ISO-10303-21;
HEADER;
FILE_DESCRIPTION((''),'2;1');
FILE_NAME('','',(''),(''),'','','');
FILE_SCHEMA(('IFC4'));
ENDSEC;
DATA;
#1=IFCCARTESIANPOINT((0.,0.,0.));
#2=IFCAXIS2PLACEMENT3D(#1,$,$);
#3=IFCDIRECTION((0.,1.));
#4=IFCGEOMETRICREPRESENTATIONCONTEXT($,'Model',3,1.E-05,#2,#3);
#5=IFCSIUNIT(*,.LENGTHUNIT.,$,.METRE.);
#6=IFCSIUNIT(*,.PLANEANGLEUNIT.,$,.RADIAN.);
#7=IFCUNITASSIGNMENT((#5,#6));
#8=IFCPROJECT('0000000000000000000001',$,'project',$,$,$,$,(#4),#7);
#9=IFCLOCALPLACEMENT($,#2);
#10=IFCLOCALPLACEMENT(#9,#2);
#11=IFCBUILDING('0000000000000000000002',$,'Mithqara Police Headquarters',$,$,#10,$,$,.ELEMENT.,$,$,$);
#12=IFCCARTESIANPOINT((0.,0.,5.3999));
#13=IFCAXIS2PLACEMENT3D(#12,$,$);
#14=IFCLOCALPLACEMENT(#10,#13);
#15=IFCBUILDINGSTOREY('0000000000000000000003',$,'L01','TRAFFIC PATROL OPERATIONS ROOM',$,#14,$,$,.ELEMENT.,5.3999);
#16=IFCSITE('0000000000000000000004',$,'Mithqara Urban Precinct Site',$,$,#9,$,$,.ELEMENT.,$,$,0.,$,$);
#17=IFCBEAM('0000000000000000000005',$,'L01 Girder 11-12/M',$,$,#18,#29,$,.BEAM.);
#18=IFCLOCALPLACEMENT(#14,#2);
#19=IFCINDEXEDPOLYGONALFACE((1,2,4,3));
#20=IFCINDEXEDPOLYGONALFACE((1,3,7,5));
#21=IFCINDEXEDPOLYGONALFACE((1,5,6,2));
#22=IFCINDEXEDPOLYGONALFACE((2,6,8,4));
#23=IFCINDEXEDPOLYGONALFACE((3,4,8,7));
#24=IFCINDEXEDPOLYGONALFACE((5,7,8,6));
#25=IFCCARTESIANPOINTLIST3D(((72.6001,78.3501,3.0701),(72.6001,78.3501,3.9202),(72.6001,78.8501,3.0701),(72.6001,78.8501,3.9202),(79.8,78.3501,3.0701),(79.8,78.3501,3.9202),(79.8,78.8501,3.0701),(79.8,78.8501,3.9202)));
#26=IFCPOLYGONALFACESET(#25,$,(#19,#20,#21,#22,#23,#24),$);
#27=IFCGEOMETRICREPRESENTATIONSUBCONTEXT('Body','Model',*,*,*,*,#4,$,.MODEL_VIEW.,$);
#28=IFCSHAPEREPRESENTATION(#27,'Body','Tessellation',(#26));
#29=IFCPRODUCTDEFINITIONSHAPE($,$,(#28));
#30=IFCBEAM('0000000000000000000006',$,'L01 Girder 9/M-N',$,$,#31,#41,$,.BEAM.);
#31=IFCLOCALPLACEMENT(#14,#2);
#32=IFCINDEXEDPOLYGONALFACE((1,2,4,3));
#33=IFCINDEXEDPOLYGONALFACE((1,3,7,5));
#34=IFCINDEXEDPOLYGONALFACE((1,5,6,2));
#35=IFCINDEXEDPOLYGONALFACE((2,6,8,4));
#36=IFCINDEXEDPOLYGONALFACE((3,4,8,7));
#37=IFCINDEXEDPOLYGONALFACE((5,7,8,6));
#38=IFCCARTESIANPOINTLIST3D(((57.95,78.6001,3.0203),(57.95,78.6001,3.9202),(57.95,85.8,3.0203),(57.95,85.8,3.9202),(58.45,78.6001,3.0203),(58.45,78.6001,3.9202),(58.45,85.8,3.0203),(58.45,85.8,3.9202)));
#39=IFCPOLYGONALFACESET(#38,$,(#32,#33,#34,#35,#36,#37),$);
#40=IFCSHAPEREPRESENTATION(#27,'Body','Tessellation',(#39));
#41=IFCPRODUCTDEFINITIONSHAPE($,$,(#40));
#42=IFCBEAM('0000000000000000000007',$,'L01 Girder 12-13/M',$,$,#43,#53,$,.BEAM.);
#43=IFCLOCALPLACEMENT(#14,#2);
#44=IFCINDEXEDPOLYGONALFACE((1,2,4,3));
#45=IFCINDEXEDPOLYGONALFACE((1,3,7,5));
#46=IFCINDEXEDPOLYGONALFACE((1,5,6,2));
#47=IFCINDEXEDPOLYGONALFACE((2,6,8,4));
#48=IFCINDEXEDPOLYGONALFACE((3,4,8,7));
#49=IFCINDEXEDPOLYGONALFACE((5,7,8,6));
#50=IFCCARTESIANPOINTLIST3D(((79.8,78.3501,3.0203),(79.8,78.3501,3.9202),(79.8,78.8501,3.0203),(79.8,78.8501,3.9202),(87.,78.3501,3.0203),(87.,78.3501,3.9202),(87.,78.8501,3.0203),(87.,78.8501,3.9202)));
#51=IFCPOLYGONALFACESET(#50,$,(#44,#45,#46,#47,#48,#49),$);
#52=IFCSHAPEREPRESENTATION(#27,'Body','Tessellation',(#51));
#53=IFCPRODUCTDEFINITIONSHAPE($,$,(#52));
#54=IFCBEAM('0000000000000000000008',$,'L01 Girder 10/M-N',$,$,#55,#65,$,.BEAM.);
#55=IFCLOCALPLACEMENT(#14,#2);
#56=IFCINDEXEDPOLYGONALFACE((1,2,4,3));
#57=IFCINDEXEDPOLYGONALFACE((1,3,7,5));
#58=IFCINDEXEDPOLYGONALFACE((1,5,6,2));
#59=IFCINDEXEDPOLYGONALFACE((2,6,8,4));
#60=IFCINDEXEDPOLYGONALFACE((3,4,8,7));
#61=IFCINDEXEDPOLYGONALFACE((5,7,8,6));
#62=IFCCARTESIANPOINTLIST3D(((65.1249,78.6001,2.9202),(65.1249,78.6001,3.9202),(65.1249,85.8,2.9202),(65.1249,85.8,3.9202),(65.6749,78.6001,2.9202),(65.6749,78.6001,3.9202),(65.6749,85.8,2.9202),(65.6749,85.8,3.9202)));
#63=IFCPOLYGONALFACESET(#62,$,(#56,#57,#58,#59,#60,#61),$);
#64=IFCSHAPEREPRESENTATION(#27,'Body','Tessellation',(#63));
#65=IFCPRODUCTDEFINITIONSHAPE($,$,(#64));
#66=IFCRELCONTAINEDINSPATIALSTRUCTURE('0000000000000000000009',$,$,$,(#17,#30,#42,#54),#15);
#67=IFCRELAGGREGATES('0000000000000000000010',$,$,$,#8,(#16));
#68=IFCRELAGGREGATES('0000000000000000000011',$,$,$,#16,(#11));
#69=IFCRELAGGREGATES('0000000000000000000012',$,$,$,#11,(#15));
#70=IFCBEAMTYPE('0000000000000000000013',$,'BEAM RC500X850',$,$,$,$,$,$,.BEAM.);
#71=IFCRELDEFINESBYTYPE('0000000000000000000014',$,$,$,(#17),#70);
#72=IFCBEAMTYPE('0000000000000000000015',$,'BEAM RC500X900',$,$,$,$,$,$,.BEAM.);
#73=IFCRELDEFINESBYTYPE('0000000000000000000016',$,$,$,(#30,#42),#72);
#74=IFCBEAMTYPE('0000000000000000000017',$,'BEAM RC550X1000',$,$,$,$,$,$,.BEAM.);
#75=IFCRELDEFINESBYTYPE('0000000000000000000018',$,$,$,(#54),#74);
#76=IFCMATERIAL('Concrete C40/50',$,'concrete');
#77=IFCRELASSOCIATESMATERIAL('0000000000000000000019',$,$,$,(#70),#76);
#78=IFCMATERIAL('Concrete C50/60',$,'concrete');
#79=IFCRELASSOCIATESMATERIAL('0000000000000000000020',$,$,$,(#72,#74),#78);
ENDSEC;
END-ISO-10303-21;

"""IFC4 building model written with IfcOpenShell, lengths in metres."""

from ifc_helpers import new_model, si_unit, direction, frame, origin, origin_2d, place, context, subcontext, project, spatial, rectangle, extrude, material, material_profile, profile_set, type_object, element, save


model = new_model("IFC4")

# Units and contexts
model_context = context("Model", 3, precision=1e-05, world=origin(), true_north=direction((0.0, 1.0)))
body_context = subcontext(model_context, "Body", "Model", "MODEL_VIEW")
ifc_project = project(units=[si_unit("LENGTHUNIT", "METRE"), si_unit("PLANEANGLEUNIT", "RADIAN")], contexts=[model_context])

# Site, building, storey
site_placement = place(None, origin())
site = spatial("IfcSite", under=ifc_project, at=site_placement, Name="Mithqara Urban Precinct Site", CompositionType="ELEMENT", RefElevation=0.0)
building_placement = place(site_placement, origin())
building = spatial("IfcBuilding", under=site, at=building_placement, Name="Mithqara Police Headquarters", CompositionType="ELEMENT")
storey_placement = place(building_placement, frame((0.0, 0.0, 5.3999)))
storey = spatial("IfcBuildingStorey", under=building, at=storey_placement, Name="L01", Description="TRAFFIC PATROL OPERATIONS ROOM", CompositionType="ELEMENT", Elevation=5.3999)

# Shared definitions
ifc_material_1 = material(Name="Concrete C50/60", Category="concrete")

# Beams
ifc_material_2 = material(Name="Concrete C40/50", Category="concrete")
ifc_material_profile_1 = material_profile(ifc_material_2, rectangle(XDim=0.5, YDim=0.8501, at=origin_2d()), Name="RC 500x850")
ifc_profile_set_1 = profile_set([ifc_material_profile_1], Name="Concrete C40/50")
beam_type_1 = type_object("IfcBeamType", Name="BEAM RC500X850", PredefinedType="BEAM", material=ifc_profile_set_1)
for number, where, z_axis, x_axis, name in (
    (1, (72.6001, 78.6001, 3.4951), (1.0, 0.0, 0.0), (0.0, 1.0, 0.0), "L01 Girder 11-12/M"),
):
    element("IfcBeam", number, at=place(storey_placement, frame(where, z_axis=z_axis, x_axis=x_axis)), inside=storey, type_object=beam_type_1, Name=name, PredefinedType="BEAM", context=body_context, shape_type="SweptSolid", body=[
        extrude(rectangle(XDim=0.5, YDim=0.8501, at=origin_2d()), origin(), (0.0, 0.0, 1.0), 7.2),
    ])
ifc_material_profile_2 = material_profile(ifc_material_1, rectangle(XDim=0.5, YDim=0.8999, at=origin_2d()), Name="RC 500x900")
ifc_profile_set_2 = profile_set([ifc_material_profile_2], Name="Concrete C50/60")
beam_type_2 = type_object("IfcBeamType", Name="BEAM RC500X900", PredefinedType="BEAM", material=ifc_profile_set_2)
for number, where, z_axis, x_axis, name in (
    (2, (58.2, 78.6001, 3.4702), (0.0, 1.0, 0.0), (-1.0, 0.0, 0.0), "L01 Girder 9/M-N"),
    (3, (79.8, 78.6001, 3.4702), (1.0, 0.0, 0.0), (0.0, 1.0, 0.0), "L01 Girder 12-13/M"),
):
    element("IfcBeam", number, at=place(storey_placement, frame(where, z_axis=z_axis, x_axis=x_axis)), inside=storey, type_object=beam_type_2, Name=name, PredefinedType="BEAM", context=body_context, shape_type="SweptSolid", body=[
        extrude(rectangle(XDim=0.5, YDim=0.8999, at=origin_2d()), origin(), (0.0, 0.0, 1.0), 7.2),
    ])
ifc_material_profile_3 = material_profile(ifc_material_1, rectangle(XDim=0.55, YDim=1.0, at=origin_2d()), Name="RC 550x1000")
ifc_profile_set_3 = profile_set([ifc_material_profile_3], Name="Concrete C50/60")
beam_type_3 = type_object("IfcBeamType", Name="BEAM RC550X1000", PredefinedType="BEAM", material=ifc_profile_set_3)
beam_1_placement = place(storey_placement, frame((65.3999, 78.6001, 3.4202), z_axis=(0.0, 1.0, 0.0), x_axis=(-1.0, 0.0, 0.0)))
element("IfcBeam", 4, at=beam_1_placement, inside=storey, type_object=beam_type_3, Name="L01 Girder 10/M-N", PredefinedType="BEAM", context=body_context, shape_type="SweptSolid", body=[
    extrude(rectangle(XDim=0.55, YDim=1.0, at=origin_2d()), origin(), (0.0, 0.0, 1.0), 7.2),
])

save(model, "model.ifc")
